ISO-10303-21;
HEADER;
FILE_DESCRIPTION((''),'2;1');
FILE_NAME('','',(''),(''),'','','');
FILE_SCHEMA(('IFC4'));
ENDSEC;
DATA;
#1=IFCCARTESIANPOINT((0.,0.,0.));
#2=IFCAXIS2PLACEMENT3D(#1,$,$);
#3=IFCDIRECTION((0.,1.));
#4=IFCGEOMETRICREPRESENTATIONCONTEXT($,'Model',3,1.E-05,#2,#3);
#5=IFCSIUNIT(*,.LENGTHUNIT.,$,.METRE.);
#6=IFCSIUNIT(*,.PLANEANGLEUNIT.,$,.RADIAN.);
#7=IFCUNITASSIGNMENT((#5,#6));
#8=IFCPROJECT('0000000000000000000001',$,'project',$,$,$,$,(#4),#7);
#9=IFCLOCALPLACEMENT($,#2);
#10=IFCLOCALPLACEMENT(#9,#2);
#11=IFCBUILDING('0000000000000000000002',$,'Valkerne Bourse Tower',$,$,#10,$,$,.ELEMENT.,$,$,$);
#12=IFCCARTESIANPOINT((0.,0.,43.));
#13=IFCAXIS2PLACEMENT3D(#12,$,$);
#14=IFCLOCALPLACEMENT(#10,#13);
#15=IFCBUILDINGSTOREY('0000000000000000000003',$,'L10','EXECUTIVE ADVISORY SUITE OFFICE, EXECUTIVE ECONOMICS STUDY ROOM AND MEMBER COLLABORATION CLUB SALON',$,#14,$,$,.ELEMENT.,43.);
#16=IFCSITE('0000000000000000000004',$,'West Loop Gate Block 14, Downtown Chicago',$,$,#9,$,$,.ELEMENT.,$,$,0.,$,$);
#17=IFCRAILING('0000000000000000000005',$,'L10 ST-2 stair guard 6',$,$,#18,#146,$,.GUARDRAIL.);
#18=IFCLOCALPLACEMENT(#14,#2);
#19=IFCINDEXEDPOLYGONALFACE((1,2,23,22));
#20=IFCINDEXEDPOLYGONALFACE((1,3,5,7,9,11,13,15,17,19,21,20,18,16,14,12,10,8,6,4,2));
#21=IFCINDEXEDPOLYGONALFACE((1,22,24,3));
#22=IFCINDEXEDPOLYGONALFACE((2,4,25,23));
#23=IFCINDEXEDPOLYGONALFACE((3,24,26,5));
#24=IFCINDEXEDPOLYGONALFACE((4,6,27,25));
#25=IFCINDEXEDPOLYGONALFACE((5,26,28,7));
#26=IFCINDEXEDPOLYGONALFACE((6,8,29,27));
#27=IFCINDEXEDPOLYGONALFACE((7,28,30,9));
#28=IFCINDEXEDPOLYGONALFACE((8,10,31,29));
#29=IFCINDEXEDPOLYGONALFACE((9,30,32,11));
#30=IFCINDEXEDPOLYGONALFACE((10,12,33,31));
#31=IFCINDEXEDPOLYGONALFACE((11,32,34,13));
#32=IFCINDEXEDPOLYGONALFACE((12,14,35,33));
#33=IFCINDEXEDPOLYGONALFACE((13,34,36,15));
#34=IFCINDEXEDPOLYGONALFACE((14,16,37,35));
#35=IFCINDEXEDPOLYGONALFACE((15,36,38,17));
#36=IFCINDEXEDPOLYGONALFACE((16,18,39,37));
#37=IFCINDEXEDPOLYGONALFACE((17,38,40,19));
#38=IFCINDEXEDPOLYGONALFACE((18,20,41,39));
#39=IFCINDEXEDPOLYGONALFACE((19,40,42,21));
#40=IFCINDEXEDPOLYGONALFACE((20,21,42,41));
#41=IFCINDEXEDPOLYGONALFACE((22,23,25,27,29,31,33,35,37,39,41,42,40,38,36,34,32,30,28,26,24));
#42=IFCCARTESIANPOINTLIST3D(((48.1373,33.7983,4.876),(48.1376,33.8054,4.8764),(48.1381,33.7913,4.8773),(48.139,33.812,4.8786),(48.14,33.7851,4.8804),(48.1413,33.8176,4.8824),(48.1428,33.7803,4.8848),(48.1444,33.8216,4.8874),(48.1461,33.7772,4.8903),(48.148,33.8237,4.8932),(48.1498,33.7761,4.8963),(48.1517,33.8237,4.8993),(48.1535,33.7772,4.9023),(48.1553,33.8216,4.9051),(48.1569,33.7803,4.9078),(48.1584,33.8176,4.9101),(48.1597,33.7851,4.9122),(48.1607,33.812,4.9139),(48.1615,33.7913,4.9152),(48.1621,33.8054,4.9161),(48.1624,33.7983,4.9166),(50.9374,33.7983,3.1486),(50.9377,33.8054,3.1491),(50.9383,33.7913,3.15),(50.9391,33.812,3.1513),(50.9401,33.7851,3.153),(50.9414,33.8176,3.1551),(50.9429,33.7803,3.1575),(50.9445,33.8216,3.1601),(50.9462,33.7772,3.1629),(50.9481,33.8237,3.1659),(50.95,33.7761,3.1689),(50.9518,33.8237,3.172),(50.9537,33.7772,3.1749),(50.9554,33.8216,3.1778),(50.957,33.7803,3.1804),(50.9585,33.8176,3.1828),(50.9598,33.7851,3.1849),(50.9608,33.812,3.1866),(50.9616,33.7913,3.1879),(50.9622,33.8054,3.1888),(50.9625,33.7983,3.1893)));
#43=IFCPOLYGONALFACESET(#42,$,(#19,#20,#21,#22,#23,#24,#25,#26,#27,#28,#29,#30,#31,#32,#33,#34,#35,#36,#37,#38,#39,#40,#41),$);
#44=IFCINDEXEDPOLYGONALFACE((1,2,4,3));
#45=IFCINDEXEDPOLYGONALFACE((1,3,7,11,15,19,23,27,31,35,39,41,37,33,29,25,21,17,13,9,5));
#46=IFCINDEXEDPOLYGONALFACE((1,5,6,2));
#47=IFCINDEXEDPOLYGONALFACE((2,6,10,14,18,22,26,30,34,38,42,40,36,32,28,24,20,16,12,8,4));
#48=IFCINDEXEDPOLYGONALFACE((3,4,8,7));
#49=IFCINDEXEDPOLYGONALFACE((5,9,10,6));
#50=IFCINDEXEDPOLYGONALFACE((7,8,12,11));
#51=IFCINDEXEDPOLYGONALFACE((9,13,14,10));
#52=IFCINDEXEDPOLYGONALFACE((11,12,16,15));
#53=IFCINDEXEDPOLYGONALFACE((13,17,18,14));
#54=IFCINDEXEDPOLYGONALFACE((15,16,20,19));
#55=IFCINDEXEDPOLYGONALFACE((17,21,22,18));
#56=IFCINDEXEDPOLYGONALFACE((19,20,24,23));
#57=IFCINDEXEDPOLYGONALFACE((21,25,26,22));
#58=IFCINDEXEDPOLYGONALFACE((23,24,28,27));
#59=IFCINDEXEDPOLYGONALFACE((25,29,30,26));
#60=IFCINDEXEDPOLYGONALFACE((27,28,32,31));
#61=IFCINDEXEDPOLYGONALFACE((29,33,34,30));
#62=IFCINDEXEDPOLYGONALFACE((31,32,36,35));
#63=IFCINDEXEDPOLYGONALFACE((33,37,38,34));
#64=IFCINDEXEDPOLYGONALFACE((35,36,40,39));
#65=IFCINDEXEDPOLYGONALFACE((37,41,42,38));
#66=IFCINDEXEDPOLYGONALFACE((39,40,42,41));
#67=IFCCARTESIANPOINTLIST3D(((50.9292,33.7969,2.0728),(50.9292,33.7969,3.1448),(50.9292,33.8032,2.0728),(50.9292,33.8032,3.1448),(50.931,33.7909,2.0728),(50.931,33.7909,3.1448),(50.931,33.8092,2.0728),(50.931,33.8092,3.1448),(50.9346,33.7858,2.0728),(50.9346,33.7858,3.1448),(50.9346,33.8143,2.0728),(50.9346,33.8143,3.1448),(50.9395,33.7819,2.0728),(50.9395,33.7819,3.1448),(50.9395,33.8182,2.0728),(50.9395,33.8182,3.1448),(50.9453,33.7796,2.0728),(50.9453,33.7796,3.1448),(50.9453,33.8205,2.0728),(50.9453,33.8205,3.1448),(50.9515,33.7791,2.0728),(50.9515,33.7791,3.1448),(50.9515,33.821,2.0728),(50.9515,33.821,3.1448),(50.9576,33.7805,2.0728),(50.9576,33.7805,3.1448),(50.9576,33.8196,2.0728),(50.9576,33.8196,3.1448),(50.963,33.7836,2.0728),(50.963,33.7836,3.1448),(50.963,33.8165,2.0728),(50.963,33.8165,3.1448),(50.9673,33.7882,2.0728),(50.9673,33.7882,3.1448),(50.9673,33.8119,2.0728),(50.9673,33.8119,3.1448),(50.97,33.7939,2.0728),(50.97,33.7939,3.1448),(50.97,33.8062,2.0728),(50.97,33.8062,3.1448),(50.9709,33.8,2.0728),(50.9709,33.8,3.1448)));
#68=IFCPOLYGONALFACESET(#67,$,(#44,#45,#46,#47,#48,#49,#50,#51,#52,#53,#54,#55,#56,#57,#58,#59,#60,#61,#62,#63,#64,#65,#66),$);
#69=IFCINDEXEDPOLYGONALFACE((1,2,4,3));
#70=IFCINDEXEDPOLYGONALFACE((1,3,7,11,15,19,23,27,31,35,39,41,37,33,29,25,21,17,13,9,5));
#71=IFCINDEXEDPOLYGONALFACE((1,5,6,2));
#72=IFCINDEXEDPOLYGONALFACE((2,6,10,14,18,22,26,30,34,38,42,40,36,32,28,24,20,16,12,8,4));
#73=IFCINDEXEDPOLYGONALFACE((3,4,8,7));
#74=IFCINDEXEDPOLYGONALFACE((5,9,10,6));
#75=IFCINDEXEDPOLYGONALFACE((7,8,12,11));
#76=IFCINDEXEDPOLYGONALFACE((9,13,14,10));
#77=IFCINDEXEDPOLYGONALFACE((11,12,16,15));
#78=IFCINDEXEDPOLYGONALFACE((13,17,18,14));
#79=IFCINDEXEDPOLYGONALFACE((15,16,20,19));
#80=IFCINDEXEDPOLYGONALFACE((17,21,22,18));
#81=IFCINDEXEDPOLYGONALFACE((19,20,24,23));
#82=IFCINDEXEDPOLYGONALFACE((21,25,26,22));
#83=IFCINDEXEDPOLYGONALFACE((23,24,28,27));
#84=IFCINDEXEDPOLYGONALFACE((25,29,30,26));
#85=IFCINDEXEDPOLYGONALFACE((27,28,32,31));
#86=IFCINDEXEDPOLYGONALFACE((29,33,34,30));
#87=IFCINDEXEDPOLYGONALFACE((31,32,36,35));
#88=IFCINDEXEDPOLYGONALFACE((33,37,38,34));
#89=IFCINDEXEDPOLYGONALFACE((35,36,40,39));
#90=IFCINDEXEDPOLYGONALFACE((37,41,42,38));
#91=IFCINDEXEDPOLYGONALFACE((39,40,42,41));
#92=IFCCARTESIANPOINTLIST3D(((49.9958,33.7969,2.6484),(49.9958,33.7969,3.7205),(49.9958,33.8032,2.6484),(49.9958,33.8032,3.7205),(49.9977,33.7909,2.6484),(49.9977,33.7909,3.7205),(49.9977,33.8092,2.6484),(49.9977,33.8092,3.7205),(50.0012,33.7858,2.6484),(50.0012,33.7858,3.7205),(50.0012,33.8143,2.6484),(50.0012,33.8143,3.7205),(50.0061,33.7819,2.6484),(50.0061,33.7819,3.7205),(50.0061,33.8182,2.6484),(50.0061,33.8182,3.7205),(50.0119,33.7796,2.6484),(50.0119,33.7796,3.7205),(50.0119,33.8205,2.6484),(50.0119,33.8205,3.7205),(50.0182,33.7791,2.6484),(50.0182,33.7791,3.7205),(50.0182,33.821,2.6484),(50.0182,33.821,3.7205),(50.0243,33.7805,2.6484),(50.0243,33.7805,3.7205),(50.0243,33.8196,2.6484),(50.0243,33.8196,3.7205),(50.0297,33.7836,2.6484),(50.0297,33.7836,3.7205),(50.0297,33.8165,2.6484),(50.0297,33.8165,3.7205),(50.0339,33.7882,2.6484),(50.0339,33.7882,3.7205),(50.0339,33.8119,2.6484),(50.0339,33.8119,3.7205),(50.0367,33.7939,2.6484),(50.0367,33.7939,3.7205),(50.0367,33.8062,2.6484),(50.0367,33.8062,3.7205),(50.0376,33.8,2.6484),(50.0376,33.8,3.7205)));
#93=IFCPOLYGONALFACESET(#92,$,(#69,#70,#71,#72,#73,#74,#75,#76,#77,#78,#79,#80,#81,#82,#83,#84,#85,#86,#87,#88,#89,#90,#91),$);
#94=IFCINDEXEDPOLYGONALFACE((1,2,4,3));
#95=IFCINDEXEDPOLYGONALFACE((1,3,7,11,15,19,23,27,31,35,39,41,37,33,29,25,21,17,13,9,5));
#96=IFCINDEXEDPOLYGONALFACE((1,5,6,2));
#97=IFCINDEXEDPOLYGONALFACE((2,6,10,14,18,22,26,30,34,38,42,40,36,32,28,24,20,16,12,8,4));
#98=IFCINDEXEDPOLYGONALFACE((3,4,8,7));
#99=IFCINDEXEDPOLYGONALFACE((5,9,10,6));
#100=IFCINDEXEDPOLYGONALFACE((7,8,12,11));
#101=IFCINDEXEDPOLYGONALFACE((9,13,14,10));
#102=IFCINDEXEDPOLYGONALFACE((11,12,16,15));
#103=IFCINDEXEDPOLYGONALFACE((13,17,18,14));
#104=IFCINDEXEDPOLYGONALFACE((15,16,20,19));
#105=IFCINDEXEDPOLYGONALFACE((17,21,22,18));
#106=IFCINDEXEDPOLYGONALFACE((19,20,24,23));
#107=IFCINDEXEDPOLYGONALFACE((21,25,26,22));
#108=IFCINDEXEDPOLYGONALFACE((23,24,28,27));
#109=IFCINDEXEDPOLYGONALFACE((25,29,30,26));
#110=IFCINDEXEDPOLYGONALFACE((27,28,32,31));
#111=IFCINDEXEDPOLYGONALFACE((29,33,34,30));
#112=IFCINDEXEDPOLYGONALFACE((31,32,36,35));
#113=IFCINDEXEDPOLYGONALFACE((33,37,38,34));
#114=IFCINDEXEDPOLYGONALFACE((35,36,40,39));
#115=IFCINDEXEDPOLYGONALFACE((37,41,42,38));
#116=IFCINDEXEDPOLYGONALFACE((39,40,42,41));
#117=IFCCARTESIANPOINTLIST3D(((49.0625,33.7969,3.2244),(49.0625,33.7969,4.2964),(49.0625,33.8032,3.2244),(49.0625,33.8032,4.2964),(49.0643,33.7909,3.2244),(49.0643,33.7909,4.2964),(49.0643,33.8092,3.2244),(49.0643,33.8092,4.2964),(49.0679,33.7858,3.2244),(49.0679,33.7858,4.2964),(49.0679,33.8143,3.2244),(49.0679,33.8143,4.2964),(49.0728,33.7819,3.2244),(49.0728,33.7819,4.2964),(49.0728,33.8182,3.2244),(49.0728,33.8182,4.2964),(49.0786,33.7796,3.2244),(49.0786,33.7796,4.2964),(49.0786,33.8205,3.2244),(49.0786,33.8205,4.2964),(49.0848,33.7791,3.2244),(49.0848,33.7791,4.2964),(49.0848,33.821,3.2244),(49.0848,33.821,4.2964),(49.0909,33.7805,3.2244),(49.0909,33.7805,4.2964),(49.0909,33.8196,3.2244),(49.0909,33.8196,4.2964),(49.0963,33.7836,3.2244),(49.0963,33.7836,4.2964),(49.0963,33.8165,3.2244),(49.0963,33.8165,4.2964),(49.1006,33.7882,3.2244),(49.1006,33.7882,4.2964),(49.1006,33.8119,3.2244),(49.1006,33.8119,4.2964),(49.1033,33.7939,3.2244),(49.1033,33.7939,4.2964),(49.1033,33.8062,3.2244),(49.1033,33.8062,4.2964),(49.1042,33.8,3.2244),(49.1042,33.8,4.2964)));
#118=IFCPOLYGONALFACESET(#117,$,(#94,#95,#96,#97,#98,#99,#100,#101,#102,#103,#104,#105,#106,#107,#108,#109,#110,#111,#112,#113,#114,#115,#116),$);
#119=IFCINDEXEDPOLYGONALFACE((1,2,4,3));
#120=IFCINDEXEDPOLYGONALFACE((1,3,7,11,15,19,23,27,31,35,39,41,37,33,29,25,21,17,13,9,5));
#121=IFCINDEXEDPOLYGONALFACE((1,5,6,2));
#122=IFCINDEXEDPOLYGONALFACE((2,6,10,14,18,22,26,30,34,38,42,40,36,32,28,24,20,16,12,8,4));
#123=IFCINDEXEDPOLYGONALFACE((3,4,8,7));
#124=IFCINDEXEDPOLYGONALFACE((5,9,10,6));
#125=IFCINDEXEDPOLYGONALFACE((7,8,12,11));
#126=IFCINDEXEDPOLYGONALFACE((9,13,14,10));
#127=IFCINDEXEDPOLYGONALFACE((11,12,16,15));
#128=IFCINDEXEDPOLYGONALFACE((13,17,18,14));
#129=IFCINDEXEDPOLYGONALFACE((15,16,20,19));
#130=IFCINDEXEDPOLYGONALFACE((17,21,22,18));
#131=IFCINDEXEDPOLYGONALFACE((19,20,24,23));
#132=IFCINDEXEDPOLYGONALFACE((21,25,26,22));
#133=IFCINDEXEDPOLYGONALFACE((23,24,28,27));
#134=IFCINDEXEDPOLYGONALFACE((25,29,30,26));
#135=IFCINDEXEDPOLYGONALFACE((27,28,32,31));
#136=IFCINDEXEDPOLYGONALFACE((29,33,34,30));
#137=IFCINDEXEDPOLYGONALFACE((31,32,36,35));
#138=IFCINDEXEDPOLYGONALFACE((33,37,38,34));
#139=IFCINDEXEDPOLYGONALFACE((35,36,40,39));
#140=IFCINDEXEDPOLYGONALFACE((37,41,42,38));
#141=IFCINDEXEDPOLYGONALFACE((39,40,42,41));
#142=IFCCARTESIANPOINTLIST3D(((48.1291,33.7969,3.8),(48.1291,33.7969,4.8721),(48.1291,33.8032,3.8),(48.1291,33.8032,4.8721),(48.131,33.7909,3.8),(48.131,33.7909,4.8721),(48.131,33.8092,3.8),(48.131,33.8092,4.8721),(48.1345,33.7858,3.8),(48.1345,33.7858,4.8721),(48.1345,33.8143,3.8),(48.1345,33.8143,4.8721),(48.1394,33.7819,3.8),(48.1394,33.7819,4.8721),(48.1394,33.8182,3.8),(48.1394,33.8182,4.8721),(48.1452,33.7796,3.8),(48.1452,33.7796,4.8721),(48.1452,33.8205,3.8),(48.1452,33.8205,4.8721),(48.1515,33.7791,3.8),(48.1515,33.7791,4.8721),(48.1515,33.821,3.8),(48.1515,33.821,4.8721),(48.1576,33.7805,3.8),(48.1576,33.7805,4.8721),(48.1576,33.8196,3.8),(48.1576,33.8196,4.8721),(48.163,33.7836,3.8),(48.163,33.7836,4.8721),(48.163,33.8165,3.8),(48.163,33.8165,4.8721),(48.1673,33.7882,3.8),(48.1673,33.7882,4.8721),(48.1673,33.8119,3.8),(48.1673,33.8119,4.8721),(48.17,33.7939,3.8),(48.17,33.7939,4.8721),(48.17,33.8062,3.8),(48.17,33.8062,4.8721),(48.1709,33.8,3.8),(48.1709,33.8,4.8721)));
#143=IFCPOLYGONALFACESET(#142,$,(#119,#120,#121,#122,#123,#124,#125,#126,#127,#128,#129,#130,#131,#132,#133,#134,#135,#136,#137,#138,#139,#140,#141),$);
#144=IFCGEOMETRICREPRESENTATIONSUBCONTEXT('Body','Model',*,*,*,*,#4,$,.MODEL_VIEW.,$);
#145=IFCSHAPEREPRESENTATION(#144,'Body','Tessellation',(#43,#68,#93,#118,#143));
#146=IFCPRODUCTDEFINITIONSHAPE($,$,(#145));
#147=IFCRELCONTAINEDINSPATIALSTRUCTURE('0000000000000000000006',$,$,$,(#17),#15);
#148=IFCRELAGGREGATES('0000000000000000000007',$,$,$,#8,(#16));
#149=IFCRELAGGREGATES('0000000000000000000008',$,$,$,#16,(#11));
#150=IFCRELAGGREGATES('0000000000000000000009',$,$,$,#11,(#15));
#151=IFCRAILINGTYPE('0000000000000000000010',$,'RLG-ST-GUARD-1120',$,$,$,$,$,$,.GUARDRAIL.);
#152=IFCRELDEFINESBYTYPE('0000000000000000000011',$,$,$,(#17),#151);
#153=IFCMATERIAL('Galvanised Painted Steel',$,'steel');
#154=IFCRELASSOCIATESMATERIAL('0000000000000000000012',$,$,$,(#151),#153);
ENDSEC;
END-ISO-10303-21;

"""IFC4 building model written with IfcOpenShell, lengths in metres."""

from ifc_helpers import new_model, si_unit, direction, frame, origin, origin_2d, place, context, subcontext, project, spatial, circle, extrude, material, type_object, element, save


model = new_model("IFC4")

# Units and contexts
model_context = context("Model", 3, precision=1e-05, world=origin(), true_north=direction((0.0, 1.0)))
body_context = subcontext(model_context, "Body", "Model", "MODEL_VIEW")
ifc_project = project(units=[si_unit("LENGTHUNIT", "METRE"), si_unit("PLANEANGLEUNIT", "RADIAN")], contexts=[model_context])

# Site, building, storey
site_placement = place(None, origin())
site = spatial("IfcSite", under=ifc_project, at=site_placement, Name="West Loop Gate Block 14, Downtown Chicago", CompositionType="ELEMENT", RefElevation=0.0)
building_placement = place(site_placement, origin())
building = spatial("IfcBuilding", under=site, at=building_placement, Name="Valkerne Bourse Tower", CompositionType="ELEMENT")
storey_placement = place(building_placement, frame((0.0, 0.0, 43.0)))
storey = spatial("IfcBuildingStorey", under=building, at=storey_placement, Name="L10", Description="EXECUTIVE ADVISORY SUITE OFFICE, EXECUTIVE ECONOMICS STUDY ROOM AND MEMBER COLLABORATION CLUB SALON", CompositionType="ELEMENT", Elevation=43.0)

# Shared definitions
ifc_material_1 = material(Name="Galvanised Painted Steel", Category="steel")

# Railing
railing_type_1 = type_object("IfcRailingType", Name="RLG-ST-GUARD-1120", PredefinedType="GUARDRAIL", material=ifc_material_1)
railing_1_placement = place(storey_placement, frame((50.95, 33.8, 2.0728)))
element("IfcRailing", 1, at=railing_1_placement, inside=storey, type_object=railing_type_1, Name="L10 ST-2 stair guard 6", PredefinedType="GUARDRAIL", context=body_context, shape_type="SweptSolid", body=[
    extrude(circle(Radius=0.0239, at=origin_2d()), frame((0.0, 0.0, 1.0962), z_axis=(-0.85109, 0.0, 0.52502), x_axis=(0.0, -1.0, 0.0)), (0.0, 0.0, 1.0), 3.29),
    extrude(circle(Radius=0.021, at=origin_2d()), origin(), (0.0, 0.0, 1.0), 1.072),
    extrude(circle(Radius=0.021, at=origin_2d()), frame((-0.9333, 0.0, 0.5757)), (0.0, 0.0, 1.0), 1.072),
    extrude(circle(Radius=0.021, at=origin_2d()), frame((-1.8667, 0.0, 1.1516)), (0.0, 0.0, 1.0), 1.072),
    extrude(circle(Radius=0.021, at=origin_2d()), frame((-2.8, 0.0, 1.7273)), (0.0, 0.0, 1.0), 1.072),
])

save(model, "model.ifc")
